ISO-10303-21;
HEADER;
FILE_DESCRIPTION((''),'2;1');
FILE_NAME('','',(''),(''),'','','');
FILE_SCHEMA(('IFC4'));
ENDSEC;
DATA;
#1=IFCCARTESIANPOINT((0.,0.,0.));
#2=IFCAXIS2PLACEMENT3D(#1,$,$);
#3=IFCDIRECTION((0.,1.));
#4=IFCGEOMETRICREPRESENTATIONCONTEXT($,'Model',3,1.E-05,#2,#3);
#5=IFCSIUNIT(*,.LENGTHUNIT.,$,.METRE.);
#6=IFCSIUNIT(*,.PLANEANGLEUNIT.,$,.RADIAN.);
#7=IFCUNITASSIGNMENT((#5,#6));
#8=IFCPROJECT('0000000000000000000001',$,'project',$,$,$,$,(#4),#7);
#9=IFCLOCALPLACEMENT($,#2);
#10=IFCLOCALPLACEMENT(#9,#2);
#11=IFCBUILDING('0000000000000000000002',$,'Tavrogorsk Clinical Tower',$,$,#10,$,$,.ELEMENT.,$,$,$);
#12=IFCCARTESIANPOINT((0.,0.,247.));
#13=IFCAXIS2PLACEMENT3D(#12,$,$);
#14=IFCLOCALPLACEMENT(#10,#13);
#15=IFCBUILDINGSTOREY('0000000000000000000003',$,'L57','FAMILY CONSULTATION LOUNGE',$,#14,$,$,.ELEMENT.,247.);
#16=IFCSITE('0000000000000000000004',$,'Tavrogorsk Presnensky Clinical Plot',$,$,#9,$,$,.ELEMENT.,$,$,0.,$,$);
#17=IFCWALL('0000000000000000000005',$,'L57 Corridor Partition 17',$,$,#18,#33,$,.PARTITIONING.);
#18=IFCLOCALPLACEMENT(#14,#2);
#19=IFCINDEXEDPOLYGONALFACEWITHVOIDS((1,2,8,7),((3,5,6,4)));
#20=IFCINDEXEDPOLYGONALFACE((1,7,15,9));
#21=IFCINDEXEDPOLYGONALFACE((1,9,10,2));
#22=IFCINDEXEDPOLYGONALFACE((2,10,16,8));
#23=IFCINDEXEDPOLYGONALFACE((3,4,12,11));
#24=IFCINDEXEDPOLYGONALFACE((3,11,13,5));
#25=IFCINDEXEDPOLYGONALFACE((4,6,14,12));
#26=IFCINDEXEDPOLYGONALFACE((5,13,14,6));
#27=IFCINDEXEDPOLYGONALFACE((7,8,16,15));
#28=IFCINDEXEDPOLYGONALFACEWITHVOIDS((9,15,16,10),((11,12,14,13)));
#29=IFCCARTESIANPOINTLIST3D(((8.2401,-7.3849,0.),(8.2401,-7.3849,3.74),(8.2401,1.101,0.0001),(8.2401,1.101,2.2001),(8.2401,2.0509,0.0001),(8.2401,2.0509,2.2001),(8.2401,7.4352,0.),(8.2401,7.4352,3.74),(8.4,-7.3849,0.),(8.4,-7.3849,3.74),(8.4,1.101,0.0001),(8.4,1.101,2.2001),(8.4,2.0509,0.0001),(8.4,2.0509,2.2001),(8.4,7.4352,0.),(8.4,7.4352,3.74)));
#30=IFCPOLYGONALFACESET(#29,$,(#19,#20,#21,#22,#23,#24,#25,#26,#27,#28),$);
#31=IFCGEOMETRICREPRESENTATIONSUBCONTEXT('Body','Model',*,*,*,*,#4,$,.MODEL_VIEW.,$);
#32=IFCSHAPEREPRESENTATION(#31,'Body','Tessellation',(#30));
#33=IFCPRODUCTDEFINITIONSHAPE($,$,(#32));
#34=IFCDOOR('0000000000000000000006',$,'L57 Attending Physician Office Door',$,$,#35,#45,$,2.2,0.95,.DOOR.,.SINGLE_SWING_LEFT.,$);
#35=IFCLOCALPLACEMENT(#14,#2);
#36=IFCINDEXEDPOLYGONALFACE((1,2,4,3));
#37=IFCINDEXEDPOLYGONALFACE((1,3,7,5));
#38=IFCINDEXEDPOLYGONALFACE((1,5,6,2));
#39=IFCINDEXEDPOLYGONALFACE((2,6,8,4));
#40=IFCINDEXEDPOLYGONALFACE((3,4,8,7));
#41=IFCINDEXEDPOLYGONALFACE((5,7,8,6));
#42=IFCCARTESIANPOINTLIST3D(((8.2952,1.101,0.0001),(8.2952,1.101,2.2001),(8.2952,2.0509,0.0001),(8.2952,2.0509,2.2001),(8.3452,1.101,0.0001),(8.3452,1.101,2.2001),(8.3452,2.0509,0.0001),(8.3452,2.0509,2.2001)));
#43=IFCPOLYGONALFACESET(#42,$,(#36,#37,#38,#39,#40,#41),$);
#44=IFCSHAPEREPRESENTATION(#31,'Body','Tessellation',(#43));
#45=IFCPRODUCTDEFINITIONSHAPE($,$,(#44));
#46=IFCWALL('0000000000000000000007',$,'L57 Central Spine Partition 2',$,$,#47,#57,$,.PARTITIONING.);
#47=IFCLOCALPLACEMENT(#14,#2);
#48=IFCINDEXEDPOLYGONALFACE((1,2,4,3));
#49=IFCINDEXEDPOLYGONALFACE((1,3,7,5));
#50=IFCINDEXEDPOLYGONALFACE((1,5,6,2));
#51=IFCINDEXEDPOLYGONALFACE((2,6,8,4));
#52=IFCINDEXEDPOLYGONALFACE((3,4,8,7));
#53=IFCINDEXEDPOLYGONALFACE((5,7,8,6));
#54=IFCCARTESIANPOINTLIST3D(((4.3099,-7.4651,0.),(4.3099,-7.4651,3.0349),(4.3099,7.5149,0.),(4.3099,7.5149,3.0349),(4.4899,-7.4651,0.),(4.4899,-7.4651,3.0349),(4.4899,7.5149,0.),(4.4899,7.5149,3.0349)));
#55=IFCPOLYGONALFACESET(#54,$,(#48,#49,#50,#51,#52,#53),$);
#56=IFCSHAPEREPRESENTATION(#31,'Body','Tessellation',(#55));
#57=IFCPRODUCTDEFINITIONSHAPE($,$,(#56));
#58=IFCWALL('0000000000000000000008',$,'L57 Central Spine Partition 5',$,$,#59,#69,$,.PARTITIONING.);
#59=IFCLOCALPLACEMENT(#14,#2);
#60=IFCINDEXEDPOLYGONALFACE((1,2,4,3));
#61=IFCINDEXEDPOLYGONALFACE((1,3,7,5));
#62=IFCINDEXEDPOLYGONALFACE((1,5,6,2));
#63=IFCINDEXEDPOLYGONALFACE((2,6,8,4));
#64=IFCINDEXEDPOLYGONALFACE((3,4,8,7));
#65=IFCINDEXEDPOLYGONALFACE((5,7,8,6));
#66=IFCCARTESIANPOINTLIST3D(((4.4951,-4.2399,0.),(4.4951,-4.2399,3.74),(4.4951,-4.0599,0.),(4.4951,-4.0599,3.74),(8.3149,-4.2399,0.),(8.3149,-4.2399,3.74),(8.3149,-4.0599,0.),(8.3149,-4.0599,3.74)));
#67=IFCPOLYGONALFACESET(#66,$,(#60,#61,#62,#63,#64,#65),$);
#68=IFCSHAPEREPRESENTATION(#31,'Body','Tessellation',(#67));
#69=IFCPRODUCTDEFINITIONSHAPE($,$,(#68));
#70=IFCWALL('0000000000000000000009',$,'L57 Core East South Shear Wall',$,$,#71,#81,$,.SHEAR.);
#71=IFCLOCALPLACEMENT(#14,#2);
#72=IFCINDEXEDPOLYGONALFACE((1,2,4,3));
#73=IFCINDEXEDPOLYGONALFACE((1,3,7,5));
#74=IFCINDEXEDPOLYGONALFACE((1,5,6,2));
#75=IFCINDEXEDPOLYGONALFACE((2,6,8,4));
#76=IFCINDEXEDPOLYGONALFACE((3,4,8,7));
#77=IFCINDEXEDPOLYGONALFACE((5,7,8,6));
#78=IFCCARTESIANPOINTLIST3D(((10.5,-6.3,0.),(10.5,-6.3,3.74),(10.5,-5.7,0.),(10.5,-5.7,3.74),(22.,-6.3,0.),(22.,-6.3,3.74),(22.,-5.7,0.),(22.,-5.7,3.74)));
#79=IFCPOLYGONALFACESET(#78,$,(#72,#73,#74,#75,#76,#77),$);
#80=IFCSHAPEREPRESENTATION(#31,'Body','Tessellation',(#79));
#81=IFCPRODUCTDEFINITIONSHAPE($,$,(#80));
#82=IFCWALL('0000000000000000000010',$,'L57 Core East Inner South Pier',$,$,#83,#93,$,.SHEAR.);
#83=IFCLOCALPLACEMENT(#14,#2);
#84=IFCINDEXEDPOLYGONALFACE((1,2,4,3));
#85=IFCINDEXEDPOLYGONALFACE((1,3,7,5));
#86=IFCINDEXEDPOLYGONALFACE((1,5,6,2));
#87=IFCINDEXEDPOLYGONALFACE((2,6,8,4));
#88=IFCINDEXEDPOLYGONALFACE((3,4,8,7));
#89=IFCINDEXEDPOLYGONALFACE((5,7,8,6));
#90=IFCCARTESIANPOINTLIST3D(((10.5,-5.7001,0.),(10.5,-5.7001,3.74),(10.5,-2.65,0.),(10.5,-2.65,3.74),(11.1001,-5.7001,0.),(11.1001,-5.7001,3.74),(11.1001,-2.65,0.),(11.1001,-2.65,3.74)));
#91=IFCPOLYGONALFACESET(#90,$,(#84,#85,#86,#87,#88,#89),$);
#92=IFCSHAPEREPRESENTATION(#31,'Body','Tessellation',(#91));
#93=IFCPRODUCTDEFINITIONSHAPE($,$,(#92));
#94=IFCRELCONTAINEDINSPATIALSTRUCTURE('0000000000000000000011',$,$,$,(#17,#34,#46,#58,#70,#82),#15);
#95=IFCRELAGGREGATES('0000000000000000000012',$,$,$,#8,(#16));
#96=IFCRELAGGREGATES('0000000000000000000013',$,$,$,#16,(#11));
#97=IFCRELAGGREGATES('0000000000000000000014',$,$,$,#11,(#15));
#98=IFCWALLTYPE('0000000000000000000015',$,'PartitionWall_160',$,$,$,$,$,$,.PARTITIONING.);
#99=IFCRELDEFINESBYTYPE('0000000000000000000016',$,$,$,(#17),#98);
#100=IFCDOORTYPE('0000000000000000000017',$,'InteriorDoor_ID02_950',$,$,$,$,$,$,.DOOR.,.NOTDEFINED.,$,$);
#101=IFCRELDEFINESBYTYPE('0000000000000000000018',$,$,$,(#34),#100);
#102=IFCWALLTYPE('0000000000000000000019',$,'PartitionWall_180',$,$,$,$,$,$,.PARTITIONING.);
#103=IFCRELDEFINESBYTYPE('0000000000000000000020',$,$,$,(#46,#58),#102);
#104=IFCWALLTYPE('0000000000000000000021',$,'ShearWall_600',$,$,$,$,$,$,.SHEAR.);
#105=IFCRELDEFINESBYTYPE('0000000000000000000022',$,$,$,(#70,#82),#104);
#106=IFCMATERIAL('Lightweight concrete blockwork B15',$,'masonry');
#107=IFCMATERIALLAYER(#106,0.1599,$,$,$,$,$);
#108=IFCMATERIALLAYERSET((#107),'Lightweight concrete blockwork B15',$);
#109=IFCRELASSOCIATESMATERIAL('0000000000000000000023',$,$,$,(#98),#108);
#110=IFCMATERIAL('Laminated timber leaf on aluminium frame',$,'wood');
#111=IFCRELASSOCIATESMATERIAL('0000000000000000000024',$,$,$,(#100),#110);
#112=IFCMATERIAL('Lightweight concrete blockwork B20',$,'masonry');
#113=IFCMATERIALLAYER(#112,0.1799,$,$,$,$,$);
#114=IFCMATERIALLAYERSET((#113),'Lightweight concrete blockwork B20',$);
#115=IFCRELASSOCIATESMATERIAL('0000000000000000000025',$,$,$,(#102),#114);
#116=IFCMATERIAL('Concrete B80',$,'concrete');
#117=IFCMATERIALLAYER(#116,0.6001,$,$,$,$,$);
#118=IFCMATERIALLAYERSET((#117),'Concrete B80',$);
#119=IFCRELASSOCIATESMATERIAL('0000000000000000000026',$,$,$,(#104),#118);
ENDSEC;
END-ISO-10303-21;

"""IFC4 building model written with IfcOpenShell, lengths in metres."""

from ifc_helpers import new_model, si_unit, direction, frame, frame_2d, origin, place, context, subcontext, project, spatial, rectangle, extrude, material, layer, layer_set, type_object, element, fill, save


model = new_model("IFC4")

# Units and contexts
model_context = context("Model", 3, precision=1e-05, world=origin(), true_north=direction((0.0, 1.0)))
body_context = subcontext(model_context, "Body", "Model", "MODEL_VIEW")
ifc_project = project(units=[si_unit("LENGTHUNIT", "METRE"), si_unit("PLANEANGLEUNIT", "RADIAN")], contexts=[model_context])

# Site, building, storey
site_placement = place(None, origin())
site = spatial("IfcSite", under=ifc_project, at=site_placement, Name="Tavrogorsk Presnensky Clinical Plot", CompositionType="ELEMENT", RefElevation=0.0)
building_placement = place(site_placement, origin())
building = spatial("IfcBuilding", under=site, at=building_placement, Name="Tavrogorsk Clinical Tower", CompositionType="ELEMENT")
storey_placement = place(building_placement, frame((0.0, 0.0, 247.0)))
storey = spatial("IfcBuildingStorey", under=building, at=storey_placement, Name="L57", Description="FAMILY CONSULTATION LOUNGE", CompositionType="ELEMENT", Elevation=247.0)

# Shared definitions
ifc_material_1 = material(Name="Lightweight concrete blockwork B15", Category="masonry")
ifc_layer_1 = layer(ifc_material_1, 0.1599)
ifc_layer_set_1 = layer_set([ifc_layer_1], Name="Lightweight concrete blockwork B15")
wall_type_1 = type_object("IfcWallType", Name="PartitionWall_160", PredefinedType="PARTITIONING", material=ifc_layer_set_1)
ifc_material_2 = material(Name="Laminated timber leaf on aluminium frame", Category="wood")
door_type_1 = type_object("IfcDoorType", Name="InteriorDoor_ID02_950", OperationType="NOTDEFINED", PredefinedType="DOOR", material=ifc_material_2)

# Wall, opening, door
wall_1_placement = place(storey_placement, frame((8.3201, -7.385, 0.0), z_axis=(0.0, 0.0, 1.0), x_axis=(0.0, 1.0, 0.0)))
wall_1 = element("IfcWall", 1, at=wall_1_placement, inside=storey, type_object=wall_type_1, Name="L57 Corridor Partition 17", PredefinedType="PARTITIONING", context=body_context, shape_type="SweptSolid", body=[
    extrude(rectangle(XDim=14.8201, YDim=0.1599, at=frame_2d((7.4102, 0.0))), origin(), (0.0, 0.0, 1.0), 3.74),
])
opening_1_placement = place(wall_1_placement, frame((8.4858, 0.0, 0.0)))
opening_1 = element("IfcOpeningElement", 2, at=opening_1_placement, cuts=wall_1, PredefinedType="OPENING", context=body_context, shape_type="SweptSolid", body=[
    extrude(rectangle(XDim=0.95, YDim=2.2, at=frame_2d((0.4751, 1.1001))), frame((0.0, 0.0898, 0.0), z_axis=(0.0, -1.0, 0.0), x_axis=(1.0, 0.0, 0.0)), (0.0, 0.0, 1.0), 0.1799),
])
door_1_placement = place(opening_1_placement, origin())
door_1 = element("IfcDoor", 3, at=door_1_placement, inside=storey, type_object=door_type_1, Name="L57 Attending Physician Office Door", OperationType="SINGLE_SWING_LEFT", OverallHeight=2.2, OverallWidth=0.95, PredefinedType="DOOR", context=body_context, shape_type="SweptSolid", body=[
    extrude(rectangle(XDim=0.95, YDim=2.2, at=frame_2d((0.4751, 1.1001))), frame((0.0, 0.0249, 0.0), z_axis=(0.0, -1.0, 0.0), x_axis=(1.0, 0.0, 0.0)), (0.0, 0.0, 1.0), 0.05),
])
fill(opening_1, door_1)

# Walls
ifc_material_3 = material(Name="Lightweight concrete blockwork B20", Category="masonry")
ifc_layer_2 = layer(ifc_material_3, 0.1799)
ifc_layer_set_2 = layer_set([ifc_layer_2], Name="Lightweight concrete blockwork B20")
wall_type_2 = type_object("IfcWallType", Name="PartitionWall_180", PredefinedType="PARTITIONING", material=ifc_layer_set_2)
wall_2_placement = place(storey_placement, frame((4.3999, -7.4651, 0.0), z_axis=(0.0, 0.0, 1.0), x_axis=(0.0, 1.0, 0.0)))
element("IfcWall", 4, at=wall_2_placement, inside=storey, type_object=wall_type_2, Name="L57 Central Spine Partition 2", PredefinedType="PARTITIONING", context=body_context, shape_type="SweptSolid", body=[
    extrude(rectangle(XDim=14.98, YDim=0.1799, at=frame_2d((7.49, 0.0))), origin(), (0.0, 0.0, 1.0), 3.0349),
])
wall_3_placement = place(storey_placement, frame((4.4951, -4.1499, 0.0), z_axis=(0.0, 0.0, 1.0), x_axis=(1.0, 0.0, 0.0)))
element("IfcWall", 5, at=wall_3_placement, inside=storey, type_object=wall_type_2, Name="L57 Central Spine Partition 5", PredefinedType="PARTITIONING", context=body_context, shape_type="SweptSolid", body=[
    extrude(rectangle(XDim=3.8198, YDim=0.1799, at=frame_2d((1.9099, 0.0))), origin(), (0.0, 0.0, 1.0), 3.74),
])
ifc_material_4 = material(Name="Concrete B80", Category="concrete")
ifc_layer_3 = layer(ifc_material_4, 0.6001)
ifc_layer_set_3 = layer_set([ifc_layer_3], Name="Concrete B80")
wall_type_3 = type_object("IfcWallType", Name="ShearWall_600", PredefinedType="SHEAR", material=ifc_layer_set_3)
wall_4_placement = place(storey_placement, frame((10.5, -6.0, 0.0), z_axis=(0.0, 0.0, 1.0), x_axis=(1.0, 0.0, 0.0)))
element("IfcWall", 6, at=wall_4_placement, inside=storey, type_object=wall_type_3, Name="L57 Core East South Shear Wall", PredefinedType="SHEAR", context=body_context, shape_type="SweptSolid", body=[
    extrude(rectangle(XDim=11.5, YDim=0.6001, at=frame_2d((5.75, 0.0))), origin(), (0.0, 0.0, 1.0), 3.74),
])
wall_5_placement = place(storey_placement, frame((10.8, -5.7, 0.0), z_axis=(0.0, 0.0, 1.0), x_axis=(0.0, 1.0, 0.0)))
element("IfcWall", 7, at=wall_5_placement, inside=storey, type_object=wall_type_3, Name="L57 Core East Inner South Pier", PredefinedType="SHEAR", context=body_context, shape_type="SweptSolid", body=[
    extrude(rectangle(XDim=3.05, YDim=0.6001, at=frame_2d((1.5249, 0.0))), origin(), (0.0, 0.0, 1.0), 3.74),
])

save(model, "model.ifc")
